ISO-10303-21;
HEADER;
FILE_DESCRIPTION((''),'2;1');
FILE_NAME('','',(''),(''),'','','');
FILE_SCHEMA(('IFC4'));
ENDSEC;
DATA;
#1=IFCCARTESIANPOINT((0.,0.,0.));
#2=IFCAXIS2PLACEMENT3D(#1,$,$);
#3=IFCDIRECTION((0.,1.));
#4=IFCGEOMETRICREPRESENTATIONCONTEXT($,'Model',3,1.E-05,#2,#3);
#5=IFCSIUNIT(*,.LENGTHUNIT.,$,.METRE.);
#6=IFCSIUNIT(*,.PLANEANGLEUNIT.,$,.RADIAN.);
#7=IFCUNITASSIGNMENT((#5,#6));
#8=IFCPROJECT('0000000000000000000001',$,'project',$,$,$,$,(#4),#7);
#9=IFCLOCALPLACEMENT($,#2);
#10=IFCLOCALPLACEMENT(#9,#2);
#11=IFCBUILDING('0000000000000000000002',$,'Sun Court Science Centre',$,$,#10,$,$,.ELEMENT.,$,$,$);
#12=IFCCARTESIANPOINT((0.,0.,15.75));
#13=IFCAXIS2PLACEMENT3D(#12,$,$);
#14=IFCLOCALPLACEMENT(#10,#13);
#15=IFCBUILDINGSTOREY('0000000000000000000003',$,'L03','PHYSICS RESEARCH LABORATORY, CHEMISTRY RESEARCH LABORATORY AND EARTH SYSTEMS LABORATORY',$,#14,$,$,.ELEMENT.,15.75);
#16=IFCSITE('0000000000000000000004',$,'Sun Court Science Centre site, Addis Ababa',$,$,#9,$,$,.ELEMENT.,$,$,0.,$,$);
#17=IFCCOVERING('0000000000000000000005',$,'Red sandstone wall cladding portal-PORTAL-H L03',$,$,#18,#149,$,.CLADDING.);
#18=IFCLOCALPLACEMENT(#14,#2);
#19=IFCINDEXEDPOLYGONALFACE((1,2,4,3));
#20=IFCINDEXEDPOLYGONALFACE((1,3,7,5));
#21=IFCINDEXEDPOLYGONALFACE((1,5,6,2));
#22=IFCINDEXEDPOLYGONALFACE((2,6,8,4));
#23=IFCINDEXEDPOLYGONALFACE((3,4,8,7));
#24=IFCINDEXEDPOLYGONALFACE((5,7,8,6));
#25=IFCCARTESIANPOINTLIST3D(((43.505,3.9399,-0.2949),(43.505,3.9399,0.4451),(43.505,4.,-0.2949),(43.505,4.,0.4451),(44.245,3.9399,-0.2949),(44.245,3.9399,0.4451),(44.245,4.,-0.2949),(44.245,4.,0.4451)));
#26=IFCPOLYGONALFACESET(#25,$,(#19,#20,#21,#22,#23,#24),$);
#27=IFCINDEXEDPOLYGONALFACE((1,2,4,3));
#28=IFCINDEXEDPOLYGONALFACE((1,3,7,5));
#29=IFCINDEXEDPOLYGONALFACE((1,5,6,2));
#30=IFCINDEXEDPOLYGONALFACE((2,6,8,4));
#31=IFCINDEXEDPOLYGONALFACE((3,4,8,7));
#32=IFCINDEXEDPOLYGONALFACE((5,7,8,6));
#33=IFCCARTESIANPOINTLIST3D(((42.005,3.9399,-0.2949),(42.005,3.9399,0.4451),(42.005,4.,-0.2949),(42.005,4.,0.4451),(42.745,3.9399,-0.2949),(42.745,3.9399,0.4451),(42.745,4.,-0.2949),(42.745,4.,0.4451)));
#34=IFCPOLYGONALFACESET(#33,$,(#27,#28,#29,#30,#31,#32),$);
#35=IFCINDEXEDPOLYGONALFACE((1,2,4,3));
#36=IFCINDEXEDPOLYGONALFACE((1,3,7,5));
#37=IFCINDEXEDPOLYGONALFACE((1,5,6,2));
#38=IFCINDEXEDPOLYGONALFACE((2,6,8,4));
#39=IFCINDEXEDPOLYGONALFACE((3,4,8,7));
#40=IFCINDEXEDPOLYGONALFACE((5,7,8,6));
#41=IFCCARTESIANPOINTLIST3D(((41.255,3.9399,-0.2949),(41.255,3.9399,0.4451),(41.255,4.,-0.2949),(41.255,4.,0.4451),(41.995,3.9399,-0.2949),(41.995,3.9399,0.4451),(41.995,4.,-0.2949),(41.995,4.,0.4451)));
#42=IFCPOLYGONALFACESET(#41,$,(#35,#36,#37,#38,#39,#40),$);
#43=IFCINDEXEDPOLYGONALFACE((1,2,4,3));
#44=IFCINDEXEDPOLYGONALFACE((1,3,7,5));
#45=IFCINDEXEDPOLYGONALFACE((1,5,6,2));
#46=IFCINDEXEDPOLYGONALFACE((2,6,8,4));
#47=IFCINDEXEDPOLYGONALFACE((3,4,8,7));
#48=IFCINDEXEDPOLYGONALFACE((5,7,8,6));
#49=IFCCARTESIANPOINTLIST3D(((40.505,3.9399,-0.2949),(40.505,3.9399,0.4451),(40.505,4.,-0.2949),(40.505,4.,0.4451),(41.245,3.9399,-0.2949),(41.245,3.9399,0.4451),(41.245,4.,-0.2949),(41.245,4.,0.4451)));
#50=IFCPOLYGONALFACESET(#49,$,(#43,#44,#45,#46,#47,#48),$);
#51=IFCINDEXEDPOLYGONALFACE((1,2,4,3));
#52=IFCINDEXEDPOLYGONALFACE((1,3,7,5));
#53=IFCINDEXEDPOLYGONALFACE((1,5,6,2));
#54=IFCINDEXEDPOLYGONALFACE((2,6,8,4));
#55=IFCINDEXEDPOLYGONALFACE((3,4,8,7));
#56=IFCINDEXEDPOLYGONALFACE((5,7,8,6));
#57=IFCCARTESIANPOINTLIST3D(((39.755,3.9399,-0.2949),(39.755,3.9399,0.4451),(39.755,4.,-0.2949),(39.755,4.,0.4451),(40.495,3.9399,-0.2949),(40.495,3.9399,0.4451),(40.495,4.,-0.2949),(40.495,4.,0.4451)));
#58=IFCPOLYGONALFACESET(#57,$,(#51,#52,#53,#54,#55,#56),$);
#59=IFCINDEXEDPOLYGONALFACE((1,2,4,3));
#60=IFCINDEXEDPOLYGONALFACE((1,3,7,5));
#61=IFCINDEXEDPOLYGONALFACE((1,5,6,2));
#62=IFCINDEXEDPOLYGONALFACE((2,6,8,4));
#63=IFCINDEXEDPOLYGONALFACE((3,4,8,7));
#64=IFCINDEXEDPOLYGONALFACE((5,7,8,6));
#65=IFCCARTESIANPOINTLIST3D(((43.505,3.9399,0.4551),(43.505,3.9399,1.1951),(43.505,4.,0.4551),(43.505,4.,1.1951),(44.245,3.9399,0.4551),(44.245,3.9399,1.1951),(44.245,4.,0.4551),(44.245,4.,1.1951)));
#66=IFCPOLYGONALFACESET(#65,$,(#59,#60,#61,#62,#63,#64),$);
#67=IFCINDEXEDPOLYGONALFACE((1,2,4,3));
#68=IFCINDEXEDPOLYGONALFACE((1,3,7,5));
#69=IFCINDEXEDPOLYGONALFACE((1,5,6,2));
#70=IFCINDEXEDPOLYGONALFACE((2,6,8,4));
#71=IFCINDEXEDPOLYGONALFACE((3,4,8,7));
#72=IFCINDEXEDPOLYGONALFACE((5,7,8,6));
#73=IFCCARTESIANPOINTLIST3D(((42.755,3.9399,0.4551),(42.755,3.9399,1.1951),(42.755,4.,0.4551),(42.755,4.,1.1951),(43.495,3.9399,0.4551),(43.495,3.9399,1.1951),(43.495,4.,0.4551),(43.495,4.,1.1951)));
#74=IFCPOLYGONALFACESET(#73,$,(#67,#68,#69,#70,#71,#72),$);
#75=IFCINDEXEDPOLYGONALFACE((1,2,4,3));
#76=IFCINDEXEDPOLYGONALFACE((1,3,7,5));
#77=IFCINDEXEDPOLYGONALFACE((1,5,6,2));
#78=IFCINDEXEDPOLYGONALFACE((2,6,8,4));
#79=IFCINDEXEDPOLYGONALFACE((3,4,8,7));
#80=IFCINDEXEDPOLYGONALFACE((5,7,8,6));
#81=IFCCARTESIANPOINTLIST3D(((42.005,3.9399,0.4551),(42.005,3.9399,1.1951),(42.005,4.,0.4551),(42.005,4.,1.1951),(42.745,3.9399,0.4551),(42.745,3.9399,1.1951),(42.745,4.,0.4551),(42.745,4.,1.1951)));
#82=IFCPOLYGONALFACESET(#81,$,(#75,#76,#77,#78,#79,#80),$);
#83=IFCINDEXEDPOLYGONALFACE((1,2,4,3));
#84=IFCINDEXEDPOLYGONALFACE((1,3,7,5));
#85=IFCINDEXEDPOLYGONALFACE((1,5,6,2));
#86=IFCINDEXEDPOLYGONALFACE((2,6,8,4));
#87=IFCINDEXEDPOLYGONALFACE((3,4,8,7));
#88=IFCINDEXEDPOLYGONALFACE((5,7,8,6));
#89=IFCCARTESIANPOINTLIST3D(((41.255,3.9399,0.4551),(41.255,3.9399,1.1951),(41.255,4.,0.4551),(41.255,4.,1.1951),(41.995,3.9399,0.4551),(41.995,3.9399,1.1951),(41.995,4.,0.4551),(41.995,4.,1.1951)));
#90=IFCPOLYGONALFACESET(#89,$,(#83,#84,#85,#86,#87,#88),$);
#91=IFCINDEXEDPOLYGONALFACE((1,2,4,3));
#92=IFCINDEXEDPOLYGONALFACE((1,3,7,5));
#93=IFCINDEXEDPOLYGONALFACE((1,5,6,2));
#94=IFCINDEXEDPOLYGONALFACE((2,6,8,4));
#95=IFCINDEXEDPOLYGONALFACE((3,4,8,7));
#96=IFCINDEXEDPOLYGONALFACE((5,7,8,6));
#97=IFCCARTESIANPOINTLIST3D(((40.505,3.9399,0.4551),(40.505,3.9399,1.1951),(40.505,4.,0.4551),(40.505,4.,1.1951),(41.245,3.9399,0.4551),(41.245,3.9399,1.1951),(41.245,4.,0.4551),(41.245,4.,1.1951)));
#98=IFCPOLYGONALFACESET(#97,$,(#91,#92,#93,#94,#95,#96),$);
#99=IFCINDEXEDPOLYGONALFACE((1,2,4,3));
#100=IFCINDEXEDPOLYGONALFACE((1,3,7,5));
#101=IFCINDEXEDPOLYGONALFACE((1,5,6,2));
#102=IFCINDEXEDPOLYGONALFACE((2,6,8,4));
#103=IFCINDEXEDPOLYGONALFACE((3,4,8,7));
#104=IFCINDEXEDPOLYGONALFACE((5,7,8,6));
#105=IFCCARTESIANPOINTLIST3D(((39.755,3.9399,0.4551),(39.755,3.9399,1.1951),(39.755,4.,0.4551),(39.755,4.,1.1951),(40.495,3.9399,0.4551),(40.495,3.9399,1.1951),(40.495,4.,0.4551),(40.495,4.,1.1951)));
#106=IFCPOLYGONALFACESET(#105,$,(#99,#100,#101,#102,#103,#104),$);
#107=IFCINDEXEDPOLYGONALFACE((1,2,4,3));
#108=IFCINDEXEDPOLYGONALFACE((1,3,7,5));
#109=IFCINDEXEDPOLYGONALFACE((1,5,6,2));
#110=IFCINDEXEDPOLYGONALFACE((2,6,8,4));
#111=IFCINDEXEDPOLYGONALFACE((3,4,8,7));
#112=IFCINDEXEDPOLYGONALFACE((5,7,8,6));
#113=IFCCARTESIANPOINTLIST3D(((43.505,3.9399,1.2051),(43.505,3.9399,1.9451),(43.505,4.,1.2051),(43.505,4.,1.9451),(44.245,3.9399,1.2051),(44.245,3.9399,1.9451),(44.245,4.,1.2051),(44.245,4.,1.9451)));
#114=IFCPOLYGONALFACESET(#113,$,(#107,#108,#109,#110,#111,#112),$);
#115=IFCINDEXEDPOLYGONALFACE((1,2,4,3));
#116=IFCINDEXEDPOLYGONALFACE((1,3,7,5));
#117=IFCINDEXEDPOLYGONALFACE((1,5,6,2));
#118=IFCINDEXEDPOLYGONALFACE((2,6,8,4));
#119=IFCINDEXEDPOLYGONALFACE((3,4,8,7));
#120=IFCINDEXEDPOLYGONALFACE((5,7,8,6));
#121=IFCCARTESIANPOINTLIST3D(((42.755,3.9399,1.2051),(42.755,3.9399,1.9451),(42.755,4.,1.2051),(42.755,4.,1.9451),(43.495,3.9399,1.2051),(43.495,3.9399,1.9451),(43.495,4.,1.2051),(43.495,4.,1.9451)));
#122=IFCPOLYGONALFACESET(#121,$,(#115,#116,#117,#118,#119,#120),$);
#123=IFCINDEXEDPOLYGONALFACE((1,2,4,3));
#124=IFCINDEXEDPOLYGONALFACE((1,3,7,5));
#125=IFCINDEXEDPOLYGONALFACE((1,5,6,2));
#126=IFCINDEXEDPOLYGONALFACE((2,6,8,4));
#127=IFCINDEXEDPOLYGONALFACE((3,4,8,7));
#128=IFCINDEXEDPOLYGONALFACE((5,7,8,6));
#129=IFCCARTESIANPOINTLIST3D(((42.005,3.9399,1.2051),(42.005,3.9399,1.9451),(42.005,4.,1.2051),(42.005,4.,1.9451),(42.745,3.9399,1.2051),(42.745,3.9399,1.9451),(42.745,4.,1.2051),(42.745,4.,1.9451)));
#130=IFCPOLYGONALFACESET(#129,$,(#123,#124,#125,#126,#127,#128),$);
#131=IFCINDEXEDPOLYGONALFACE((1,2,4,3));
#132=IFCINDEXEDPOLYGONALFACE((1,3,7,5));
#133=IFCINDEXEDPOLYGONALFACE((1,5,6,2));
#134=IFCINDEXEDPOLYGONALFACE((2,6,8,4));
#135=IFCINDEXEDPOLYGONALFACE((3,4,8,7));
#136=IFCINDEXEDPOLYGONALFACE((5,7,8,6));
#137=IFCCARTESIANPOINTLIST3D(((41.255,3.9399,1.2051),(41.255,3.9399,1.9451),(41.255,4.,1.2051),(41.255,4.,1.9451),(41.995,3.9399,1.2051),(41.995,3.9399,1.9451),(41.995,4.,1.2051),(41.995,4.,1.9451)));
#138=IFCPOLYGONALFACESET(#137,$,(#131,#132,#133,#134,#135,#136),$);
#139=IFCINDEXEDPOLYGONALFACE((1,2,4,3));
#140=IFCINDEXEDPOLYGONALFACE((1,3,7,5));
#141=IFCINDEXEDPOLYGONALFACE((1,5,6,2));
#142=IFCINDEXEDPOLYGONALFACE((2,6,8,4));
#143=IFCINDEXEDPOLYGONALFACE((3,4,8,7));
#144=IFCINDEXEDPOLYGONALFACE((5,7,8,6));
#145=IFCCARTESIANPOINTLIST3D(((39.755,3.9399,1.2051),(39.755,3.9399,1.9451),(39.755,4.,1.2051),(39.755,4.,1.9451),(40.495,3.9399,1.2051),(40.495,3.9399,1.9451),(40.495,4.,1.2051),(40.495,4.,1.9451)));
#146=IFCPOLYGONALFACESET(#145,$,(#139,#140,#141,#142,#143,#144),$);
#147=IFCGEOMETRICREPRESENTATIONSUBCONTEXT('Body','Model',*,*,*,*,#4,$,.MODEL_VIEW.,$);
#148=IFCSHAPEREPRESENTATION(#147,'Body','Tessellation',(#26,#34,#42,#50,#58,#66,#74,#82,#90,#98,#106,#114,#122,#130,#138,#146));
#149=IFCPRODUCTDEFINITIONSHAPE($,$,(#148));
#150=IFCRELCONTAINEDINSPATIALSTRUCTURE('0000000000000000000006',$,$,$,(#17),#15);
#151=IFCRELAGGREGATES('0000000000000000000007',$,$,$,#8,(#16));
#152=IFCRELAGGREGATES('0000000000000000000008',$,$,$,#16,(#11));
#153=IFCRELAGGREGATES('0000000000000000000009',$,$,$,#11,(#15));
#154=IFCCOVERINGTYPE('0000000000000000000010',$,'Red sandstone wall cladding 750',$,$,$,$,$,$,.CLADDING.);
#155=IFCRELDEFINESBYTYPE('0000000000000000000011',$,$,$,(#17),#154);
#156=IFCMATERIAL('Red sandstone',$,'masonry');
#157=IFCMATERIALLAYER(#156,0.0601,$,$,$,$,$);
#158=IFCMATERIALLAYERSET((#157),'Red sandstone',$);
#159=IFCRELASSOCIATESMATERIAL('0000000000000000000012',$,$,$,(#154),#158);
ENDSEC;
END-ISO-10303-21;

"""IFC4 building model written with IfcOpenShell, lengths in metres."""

from ifc_helpers import new_model, si_unit, direction, frame, origin, origin_2d, place, context, subcontext, project, spatial, rectangle, extrude, material, layer, layer_set, type_object, element, save


model = new_model("IFC4")

# Units and contexts
model_context = context("Model", 3, precision=1e-05, world=origin(), true_north=direction((0.0, 1.0)))
body_context = subcontext(model_context, "Body", "Model", "MODEL_VIEW")
ifc_project = project(units=[si_unit("LENGTHUNIT", "METRE"), si_unit("PLANEANGLEUNIT", "RADIAN")], contexts=[model_context])

# Site, building, storey
site_placement = place(None, origin())
site = spatial("IfcSite", under=ifc_project, at=site_placement, Name="Sun Court Science Centre site, Addis Ababa", CompositionType="ELEMENT", RefElevation=0.0)
building_placement = place(site_placement, origin())
building = spatial("IfcBuilding", under=site, at=building_placement, Name="Sun Court Science Centre", CompositionType="ELEMENT")
storey_placement = place(building_placement, frame((0.0, 0.0, 15.75)))
storey = spatial("IfcBuildingStorey", under=building, at=storey_placement, Name="L03", Description="PHYSICS RESEARCH LABORATORY, CHEMISTRY RESEARCH LABORATORY AND EARTH SYSTEMS LABORATORY", CompositionType="ELEMENT", Elevation=15.75)

# Covering
ifc_material_1 = material(Name="Red sandstone", Category="masonry")
ifc_layer_1 = layer(ifc_material_1, 0.0601)
ifc_layer_set_1 = layer_set([ifc_layer_1], Name="Red sandstone")
covering_type_1 = type_object("IfcCoveringType", Name="Red sandstone wall cladding 750", PredefinedType="CLADDING", material=ifc_layer_set_1)
covering_1_placement = place(storey_placement, frame((0.0, 0.0, -15.75)))
element("IfcCovering", 1, at=covering_1_placement, inside=storey, type_object=covering_type_1, Name="Red sandstone wall cladding portal-PORTAL-H L03", PredefinedType="CLADDING", context=body_context, shape_type="SweptSolid", body=[
    extrude(rectangle(XDim=0.74, YDim=0.0601, at=origin_2d()), frame((43.875, 3.97, 15.4551), z_axis=(0.0, 0.0, 1.0), x_axis=(-1.0, 0.0, 0.0)), (0.0, 0.0, 1.0), 0.74),
    extrude(rectangle(XDim=0.74, YDim=0.0601, at=origin_2d()), frame((42.375, 3.97, 15.4551), z_axis=(0.0, 0.0, 1.0), x_axis=(-1.0, 0.0, 0.0)), (0.0, 0.0, 1.0), 0.74),
    extrude(rectangle(XDim=0.74, YDim=0.0601, at=origin_2d()), frame((41.625, 3.97, 15.4551), z_axis=(0.0, 0.0, 1.0), x_axis=(-1.0, 0.0, 0.0)), (0.0, 0.0, 1.0), 0.74),
    extrude(rectangle(XDim=0.74, YDim=0.0601, at=origin_2d()), frame((40.875, 3.97, 15.4551), z_axis=(0.0, 0.0, 1.0), x_axis=(-1.0, 0.0, 0.0)), (0.0, 0.0, 1.0), 0.74),
    extrude(rectangle(XDim=0.74, YDim=0.0601, at=origin_2d()), frame((40.125, 3.97, 15.4551), z_axis=(0.0, 0.0, 1.0), x_axis=(-1.0, 0.0, 0.0)), (0.0, 0.0, 1.0), 0.74),
    extrude(rectangle(XDim=0.74, YDim=0.0601, at=origin_2d()), frame((43.875, 3.97, 16.2051), z_axis=(0.0, 0.0, 1.0), x_axis=(-1.0, 0.0, 0.0)), (0.0, 0.0, 1.0), 0.74),
    extrude(rectangle(XDim=0.74, YDim=0.0601, at=origin_2d()), frame((43.125, 3.97, 16.2051), z_axis=(0.0, 0.0, 1.0), x_axis=(-1.0, 0.0, 0.0)), (0.0, 0.0, 1.0), 0.74),
    extrude(rectangle(XDim=0.74, YDim=0.0601, at=origin_2d()), frame((42.375, 3.97, 16.2051), z_axis=(0.0, 0.0, 1.0), x_axis=(-1.0, 0.0, 0.0)), (0.0, 0.0, 1.0), 0.74),
    extrude(rectangle(XDim=0.74, YDim=0.0601, at=origin_2d()), frame((41.625, 3.97, 16.2051), z_axis=(0.0, 0.0, 1.0), x_axis=(-1.0, 0.0, 0.0)), (0.0, 0.0, 1.0), 0.74),
    extrude(rectangle(XDim=0.74, YDim=0.0601, at=origin_2d()), frame((40.875, 3.97, 16.2051), z_axis=(0.0, 0.0, 1.0), x_axis=(-1.0, 0.0, 0.0)), (0.0, 0.0, 1.0), 0.74),
    extrude(rectangle(XDim=0.74, YDim=0.0601, at=origin_2d()), frame((40.125, 3.97, 16.2051), z_axis=(0.0, 0.0, 1.0), x_axis=(-1.0, 0.0, 0.0)), (0.0, 0.0, 1.0), 0.74),
    extrude(rectangle(XDim=0.74, YDim=0.0601, at=origin_2d()), frame((43.875, 3.97, 16.9551), z_axis=(0.0, 0.0, 1.0), x_axis=(-1.0, 0.0, 0.0)), (0.0, 0.0, 1.0), 0.74),
    extrude(rectangle(XDim=0.74, YDim=0.0601, at=origin_2d()), frame((43.125, 3.97, 16.9551), z_axis=(0.0, 0.0, 1.0), x_axis=(-1.0, 0.0, 0.0)), (0.0, 0.0, 1.0), 0.74),
    extrude(rectangle(XDim=0.74, YDim=0.0601, at=origin_2d()), frame((42.375, 3.97, 16.9551), z_axis=(0.0, 0.0, 1.0), x_axis=(-1.0, 0.0, 0.0)), (0.0, 0.0, 1.0), 0.74),
    extrude(rectangle(XDim=0.74, YDim=0.0601, at=origin_2d()), frame((41.625, 3.97, 16.9551), z_axis=(0.0, 0.0, 1.0), x_axis=(-1.0, 0.0, 0.0)), (0.0, 0.0, 1.0), 0.74),
    extrude(rectangle(XDim=0.74, YDim=0.0601, at=origin_2d()), frame((40.125, 3.97, 16.9551), z_axis=(0.0, 0.0, 1.0), x_axis=(-1.0, 0.0, 0.0)), (0.0, 0.0, 1.0), 0.74),
])

save(model, "model.ifc")
